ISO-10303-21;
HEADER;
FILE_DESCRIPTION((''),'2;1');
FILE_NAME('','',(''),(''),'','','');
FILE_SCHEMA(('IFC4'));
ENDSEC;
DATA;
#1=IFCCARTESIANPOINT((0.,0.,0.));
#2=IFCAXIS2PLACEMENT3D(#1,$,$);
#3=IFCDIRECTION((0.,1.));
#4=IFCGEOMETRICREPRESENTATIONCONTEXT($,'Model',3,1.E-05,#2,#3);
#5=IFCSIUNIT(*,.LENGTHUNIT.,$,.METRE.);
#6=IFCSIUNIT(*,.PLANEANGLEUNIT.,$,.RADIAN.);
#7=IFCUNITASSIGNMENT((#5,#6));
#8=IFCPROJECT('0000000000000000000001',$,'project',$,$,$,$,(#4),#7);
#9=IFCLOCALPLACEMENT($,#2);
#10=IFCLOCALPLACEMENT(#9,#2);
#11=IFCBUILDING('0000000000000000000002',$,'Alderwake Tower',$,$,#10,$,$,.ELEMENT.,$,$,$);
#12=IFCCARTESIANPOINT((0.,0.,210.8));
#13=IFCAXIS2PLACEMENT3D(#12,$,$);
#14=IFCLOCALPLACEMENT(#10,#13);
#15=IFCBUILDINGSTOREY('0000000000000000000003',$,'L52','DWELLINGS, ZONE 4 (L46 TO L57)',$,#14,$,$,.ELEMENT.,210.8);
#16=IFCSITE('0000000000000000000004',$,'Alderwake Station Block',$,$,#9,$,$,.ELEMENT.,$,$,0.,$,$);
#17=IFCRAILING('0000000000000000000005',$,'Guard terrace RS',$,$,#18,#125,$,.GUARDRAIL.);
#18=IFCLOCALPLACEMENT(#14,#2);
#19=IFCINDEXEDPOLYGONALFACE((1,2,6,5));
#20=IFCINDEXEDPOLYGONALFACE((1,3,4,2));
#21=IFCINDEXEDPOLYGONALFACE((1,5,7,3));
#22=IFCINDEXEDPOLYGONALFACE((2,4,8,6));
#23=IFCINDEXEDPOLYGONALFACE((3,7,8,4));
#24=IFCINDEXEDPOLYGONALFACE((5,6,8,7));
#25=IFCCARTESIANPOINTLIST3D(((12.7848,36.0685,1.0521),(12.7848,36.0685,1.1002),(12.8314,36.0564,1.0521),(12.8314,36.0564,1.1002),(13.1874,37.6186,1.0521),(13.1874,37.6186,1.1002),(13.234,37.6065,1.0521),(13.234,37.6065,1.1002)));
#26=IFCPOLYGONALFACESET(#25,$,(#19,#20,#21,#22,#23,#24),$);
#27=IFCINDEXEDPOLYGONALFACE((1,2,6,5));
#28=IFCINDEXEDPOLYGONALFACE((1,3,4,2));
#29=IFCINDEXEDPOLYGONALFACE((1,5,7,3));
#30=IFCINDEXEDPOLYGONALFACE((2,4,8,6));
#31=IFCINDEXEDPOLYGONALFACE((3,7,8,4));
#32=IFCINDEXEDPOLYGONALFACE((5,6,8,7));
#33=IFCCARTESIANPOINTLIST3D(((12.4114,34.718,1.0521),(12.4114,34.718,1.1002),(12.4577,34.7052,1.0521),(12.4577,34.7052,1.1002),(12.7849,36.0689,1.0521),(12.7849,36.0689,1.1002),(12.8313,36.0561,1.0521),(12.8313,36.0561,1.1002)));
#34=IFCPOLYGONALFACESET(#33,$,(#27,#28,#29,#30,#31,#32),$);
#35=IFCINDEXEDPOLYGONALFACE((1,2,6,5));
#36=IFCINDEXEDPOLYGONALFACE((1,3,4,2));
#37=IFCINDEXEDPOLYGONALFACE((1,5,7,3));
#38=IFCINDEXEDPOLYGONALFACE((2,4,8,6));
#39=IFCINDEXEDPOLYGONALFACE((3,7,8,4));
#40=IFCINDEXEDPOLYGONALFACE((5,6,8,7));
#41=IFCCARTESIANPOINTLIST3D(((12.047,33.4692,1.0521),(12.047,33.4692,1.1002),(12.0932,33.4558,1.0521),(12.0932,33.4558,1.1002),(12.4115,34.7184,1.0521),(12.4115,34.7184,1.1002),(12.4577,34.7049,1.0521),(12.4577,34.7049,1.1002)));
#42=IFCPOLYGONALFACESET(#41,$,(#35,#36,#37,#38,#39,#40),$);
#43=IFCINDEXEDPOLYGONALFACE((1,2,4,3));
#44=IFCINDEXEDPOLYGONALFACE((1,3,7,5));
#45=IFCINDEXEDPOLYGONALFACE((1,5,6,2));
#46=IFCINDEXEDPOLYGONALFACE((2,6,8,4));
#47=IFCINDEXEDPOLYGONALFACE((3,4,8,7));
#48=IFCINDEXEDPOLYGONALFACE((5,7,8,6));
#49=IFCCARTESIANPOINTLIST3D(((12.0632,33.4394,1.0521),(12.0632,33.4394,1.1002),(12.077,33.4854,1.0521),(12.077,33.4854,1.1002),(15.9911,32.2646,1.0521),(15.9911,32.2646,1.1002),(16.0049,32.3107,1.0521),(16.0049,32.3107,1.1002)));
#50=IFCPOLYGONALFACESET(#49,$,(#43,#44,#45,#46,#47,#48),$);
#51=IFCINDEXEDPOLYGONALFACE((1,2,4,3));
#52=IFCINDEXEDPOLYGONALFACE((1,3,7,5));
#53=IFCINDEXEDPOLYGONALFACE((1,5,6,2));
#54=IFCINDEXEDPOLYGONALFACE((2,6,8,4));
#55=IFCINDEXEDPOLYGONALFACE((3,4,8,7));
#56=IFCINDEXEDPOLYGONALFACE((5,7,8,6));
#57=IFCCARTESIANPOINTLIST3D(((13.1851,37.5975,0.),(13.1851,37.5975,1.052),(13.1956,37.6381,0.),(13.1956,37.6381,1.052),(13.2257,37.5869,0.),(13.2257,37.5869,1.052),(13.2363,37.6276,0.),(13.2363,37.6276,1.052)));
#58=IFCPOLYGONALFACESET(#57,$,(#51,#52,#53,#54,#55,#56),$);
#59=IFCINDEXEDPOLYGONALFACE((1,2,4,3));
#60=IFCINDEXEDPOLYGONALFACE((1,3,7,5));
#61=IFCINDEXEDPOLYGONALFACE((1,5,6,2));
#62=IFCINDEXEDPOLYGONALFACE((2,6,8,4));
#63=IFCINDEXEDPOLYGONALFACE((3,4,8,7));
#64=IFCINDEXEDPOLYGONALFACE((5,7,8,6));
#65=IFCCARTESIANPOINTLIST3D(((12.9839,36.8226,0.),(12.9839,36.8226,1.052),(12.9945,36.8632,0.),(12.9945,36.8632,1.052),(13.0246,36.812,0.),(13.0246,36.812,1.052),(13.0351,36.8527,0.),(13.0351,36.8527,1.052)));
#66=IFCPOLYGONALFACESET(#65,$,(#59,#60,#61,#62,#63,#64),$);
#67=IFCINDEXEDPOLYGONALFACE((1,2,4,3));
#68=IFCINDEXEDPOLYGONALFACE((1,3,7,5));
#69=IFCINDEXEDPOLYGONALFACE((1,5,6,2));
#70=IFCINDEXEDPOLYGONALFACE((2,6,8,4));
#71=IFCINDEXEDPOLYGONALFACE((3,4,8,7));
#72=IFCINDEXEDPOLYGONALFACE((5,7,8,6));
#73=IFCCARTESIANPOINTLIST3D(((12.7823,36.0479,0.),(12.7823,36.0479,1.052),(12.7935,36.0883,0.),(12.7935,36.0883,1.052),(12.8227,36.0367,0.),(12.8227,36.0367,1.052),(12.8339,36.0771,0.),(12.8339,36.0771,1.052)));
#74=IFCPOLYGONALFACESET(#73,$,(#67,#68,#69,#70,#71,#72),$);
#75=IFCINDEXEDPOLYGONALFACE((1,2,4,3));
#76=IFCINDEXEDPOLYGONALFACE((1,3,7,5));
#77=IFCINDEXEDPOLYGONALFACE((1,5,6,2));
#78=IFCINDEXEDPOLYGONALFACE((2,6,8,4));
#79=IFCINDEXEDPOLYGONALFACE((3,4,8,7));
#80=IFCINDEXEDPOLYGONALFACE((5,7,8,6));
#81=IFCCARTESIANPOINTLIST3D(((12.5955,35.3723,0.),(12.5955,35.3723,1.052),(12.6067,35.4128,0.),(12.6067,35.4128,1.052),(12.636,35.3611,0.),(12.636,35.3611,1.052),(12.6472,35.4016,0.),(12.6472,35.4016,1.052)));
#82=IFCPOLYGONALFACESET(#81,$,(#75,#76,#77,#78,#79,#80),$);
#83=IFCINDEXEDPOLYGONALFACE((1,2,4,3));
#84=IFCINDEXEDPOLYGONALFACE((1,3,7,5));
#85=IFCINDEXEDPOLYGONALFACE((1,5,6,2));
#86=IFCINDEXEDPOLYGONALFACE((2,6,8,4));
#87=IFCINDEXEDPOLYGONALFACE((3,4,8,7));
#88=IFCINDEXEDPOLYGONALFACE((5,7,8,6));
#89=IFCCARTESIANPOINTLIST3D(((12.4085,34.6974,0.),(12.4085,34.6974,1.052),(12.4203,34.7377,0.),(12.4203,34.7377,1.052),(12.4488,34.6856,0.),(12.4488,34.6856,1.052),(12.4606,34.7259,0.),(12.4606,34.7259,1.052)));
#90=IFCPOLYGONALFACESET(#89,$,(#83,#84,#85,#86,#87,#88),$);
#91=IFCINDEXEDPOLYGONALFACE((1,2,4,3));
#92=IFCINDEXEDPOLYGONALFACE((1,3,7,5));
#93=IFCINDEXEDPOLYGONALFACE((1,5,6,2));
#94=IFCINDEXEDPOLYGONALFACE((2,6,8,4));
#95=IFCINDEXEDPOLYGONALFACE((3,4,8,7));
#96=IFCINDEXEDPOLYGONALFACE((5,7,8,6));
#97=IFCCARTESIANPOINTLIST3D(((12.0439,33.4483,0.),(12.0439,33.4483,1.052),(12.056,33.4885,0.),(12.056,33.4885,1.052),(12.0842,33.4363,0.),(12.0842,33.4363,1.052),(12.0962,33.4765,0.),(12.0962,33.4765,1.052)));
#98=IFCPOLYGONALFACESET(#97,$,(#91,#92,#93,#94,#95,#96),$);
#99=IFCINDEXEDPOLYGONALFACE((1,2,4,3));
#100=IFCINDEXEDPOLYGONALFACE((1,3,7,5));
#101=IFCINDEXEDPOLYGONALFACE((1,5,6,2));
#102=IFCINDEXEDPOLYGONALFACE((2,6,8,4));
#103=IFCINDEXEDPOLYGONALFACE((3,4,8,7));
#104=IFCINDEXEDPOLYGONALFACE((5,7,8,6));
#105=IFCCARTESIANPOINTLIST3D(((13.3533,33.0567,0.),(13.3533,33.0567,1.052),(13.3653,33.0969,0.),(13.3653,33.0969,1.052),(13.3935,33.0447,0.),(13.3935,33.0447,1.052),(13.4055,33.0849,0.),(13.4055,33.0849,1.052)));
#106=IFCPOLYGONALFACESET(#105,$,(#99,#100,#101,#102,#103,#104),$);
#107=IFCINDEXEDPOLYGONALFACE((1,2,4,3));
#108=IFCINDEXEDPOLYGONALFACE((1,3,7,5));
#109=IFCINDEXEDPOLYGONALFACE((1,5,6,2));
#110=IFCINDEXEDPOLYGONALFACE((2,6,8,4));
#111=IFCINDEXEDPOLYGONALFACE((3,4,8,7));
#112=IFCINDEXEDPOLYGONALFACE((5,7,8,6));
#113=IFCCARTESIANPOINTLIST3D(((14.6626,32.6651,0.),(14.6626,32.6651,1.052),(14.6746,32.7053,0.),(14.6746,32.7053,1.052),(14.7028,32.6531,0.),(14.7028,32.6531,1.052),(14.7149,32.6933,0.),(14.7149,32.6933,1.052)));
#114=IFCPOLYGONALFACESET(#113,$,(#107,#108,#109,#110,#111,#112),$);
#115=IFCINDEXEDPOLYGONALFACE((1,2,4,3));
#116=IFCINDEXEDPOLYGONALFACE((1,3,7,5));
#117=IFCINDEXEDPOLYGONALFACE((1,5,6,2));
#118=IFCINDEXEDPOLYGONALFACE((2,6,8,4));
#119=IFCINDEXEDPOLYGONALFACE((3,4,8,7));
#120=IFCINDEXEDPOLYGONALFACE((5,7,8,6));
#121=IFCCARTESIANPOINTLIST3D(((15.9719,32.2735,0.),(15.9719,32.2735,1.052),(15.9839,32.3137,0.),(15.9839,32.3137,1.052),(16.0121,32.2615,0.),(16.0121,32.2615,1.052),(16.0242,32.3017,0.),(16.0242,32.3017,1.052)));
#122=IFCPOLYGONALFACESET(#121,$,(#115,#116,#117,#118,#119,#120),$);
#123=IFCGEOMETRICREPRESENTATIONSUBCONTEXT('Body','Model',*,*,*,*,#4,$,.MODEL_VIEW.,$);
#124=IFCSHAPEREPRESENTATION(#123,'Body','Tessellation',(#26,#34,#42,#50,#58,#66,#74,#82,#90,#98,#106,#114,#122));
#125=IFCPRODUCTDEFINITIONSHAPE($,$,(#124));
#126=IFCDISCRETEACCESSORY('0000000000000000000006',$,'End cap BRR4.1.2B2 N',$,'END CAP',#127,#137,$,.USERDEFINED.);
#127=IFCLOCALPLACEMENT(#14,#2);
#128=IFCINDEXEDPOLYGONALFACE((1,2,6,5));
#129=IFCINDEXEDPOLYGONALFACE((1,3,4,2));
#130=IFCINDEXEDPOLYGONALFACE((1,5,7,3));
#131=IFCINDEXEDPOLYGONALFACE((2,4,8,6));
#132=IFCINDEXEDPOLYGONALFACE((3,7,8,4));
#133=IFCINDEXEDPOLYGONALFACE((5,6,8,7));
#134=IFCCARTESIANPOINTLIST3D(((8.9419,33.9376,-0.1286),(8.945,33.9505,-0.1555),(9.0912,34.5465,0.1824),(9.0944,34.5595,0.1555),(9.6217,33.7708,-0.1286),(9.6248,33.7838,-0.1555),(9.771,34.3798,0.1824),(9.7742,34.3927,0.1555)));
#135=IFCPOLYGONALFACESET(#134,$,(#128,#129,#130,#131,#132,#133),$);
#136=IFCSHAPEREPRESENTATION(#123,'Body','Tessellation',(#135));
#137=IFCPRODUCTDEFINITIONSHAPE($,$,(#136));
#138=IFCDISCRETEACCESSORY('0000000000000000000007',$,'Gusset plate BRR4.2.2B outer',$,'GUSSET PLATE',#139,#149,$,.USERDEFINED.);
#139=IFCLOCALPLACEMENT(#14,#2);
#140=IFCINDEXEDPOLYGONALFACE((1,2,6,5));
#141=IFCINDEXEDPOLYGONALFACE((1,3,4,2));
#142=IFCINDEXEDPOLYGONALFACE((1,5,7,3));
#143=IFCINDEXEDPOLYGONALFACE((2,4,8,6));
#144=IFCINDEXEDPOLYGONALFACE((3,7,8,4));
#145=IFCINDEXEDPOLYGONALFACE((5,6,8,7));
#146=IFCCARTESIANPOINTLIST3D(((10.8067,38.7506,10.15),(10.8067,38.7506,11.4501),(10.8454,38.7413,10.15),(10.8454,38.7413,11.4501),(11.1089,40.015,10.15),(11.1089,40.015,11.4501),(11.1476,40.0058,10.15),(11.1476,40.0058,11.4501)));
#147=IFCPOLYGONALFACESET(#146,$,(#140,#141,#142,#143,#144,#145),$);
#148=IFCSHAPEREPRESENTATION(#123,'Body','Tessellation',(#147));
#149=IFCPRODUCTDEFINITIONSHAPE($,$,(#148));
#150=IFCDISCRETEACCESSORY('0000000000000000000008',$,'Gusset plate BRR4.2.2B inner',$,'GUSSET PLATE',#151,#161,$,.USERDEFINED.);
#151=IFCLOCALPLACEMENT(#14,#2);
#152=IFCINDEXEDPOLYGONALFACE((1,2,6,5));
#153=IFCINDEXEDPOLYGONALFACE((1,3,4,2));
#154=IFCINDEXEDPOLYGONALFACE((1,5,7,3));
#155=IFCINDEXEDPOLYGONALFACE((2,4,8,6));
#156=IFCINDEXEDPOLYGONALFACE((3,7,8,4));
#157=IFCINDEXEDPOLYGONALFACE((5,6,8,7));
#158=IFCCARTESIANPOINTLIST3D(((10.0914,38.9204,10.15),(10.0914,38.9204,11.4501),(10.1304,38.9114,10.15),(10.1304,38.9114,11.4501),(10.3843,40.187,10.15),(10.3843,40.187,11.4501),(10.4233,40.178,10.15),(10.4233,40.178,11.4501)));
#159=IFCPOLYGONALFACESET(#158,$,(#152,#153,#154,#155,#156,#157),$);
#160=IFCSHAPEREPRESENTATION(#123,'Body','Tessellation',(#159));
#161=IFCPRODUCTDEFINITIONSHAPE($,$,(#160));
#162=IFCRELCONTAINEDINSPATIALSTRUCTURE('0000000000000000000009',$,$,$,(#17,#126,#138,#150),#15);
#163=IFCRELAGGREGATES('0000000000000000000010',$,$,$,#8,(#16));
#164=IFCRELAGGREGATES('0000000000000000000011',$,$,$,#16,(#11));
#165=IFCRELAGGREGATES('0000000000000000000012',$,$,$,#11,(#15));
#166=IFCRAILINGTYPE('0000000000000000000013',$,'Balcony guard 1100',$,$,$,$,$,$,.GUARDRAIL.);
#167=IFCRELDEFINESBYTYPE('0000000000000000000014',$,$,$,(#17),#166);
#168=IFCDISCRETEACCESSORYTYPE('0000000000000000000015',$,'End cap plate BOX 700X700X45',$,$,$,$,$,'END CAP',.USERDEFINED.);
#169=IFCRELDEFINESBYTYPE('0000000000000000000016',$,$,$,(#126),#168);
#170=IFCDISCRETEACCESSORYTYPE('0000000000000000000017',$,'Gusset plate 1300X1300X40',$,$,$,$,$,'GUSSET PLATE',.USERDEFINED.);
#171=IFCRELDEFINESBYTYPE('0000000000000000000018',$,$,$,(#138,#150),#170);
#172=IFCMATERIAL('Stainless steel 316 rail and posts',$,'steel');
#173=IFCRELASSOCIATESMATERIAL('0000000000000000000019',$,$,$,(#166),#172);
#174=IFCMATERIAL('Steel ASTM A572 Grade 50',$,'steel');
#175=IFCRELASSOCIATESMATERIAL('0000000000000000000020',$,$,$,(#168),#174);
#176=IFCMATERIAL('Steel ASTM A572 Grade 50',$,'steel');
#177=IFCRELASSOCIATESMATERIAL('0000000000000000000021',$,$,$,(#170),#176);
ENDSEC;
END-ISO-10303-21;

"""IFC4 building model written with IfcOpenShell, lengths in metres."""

from ifc_helpers import new_model, si_unit, direction, frame, origin, origin_2d, place, context, subcontext, project, spatial, rectangle, extrude, material, material_profile, profile_set, type_object, element, save


model = new_model("IFC4")

# Units and contexts
model_context = context("Model", 3, precision=1e-05, world=origin(), true_north=direction((0.0, 1.0)))
body_context = subcontext(model_context, "Body", "Model", "MODEL_VIEW")
ifc_project = project(units=[si_unit("LENGTHUNIT", "METRE"), si_unit("PLANEANGLEUNIT", "RADIAN")], contexts=[model_context])

# Site, building, storey
site_placement = place(None, origin())
site = spatial("IfcSite", under=ifc_project, at=site_placement, Name="Alderwake Station Block", CompositionType="ELEMENT", RefElevation=0.0)
building_placement = place(site_placement, origin())
building = spatial("IfcBuilding", under=site, at=building_placement, Name="Alderwake Tower", CompositionType="ELEMENT")
storey_placement = place(building_placement, frame((0.0, 0.0, 210.8)))
storey = spatial("IfcBuildingStorey", under=building, at=storey_placement, Name="L52", Description="DWELLINGS, ZONE 4 (L46 TO L57)", CompositionType="ELEMENT", Elevation=210.8)

# Railing
ifc_material_1 = material(Name="Stainless steel 316 rail and posts", Category="steel")
railing_type = type_object("IfcRailingType", Name="Balcony guard 1100", PredefinedType="GUARDRAIL", material=ifc_material_1)
railing_placement = place(storey_placement, frame((13.2107, 37.6125, 0.0)))
element("IfcRailing", 1, at=railing_placement, inside=storey, type_object=railing_type, Name="Guard terrace RS", PredefinedType="GUARDRAIL", context=body_context, shape_type="SweptSolid", body=[
    extrude(rectangle(XDim=0.0481, YDim=0.0481, at=origin_2d()), frame((0.0, 0.0, 1.0762), z_axis=(-0.251385, -0.967887, 0.0), x_axis=(0.967887, -0.251385, 0.0)), (0.0, 0.0, 1.0), 1.6016),
    extrude(rectangle(XDim=0.0481, YDim=0.0481, at=origin_2d()), frame((-0.4026, -1.55, 1.0762), z_axis=(-0.266521, -0.963829, 0.0), x_axis=(0.963829, -0.266521, 0.0)), (0.0, 0.0, 1.0), 1.4016),
    extrude(rectangle(XDim=0.0481, YDim=0.0481, at=origin_2d()), frame((-0.7761, -2.9009, 1.0762), z_axis=(-0.280094, -0.959973, 0.0), x_axis=(0.959973, -0.280094, 0.0)), (0.0, 0.0, 1.0), 1.3013),
    extrude(rectangle(XDim=0.0481, YDim=0.0481, at=origin_2d()), frame((-1.1406, -4.1501, 1.0762), z_axis=(0.958067, -0.286545, 0.0), x_axis=(0.286545, 0.958067, 0.0)), (0.0, 0.0, 1.0), 4.0999),
    extrude(rectangle(XDim=0.042, YDim=0.042, at=origin_2d()), frame((0.0, 0.0, 0.0), z_axis=(0.0, 0.0, 1.0), x_axis=(-0.251385, -0.967887, 0.0)), (0.0, 0.0, 1.0), 1.052),
    extrude(rectangle(XDim=0.042, YDim=0.042, at=origin_2d()), frame((-0.2012, -0.7749, 0.0), z_axis=(0.0, 0.0, 1.0), x_axis=(-0.251385, -0.967887, 0.0)), (0.0, 0.0, 1.0), 1.052),
    extrude(rectangle(XDim=0.042, YDim=0.042, at=origin_2d()), frame((-0.4026, -1.55, 0.0), z_axis=(0.0, 0.0, 1.0), x_axis=(-0.266521, -0.963829, 0.0)), (0.0, 0.0, 1.0), 1.052),
    extrude(rectangle(XDim=0.042, YDim=0.042, at=origin_2d()), frame((-0.5894, -2.2256, 0.0), z_axis=(0.0, 0.0, 1.0), x_axis=(-0.266521, -0.963829, 0.0)), (0.0, 0.0, 1.0), 1.052),
    extrude(rectangle(XDim=0.042, YDim=0.042, at=origin_2d()), frame((-0.7761, -2.9009, 0.0), z_axis=(0.0, 0.0, 1.0), x_axis=(-0.280094, -0.959973, 0.0)), (0.0, 0.0, 1.0), 1.052),
    extrude(rectangle(XDim=0.042, YDim=0.042, at=origin_2d()), frame((-1.1406, -4.1501, 0.0), z_axis=(0.0, 0.0, 1.0), x_axis=(0.958067, -0.286545, 0.0)), (0.0, 0.0, 1.0), 1.052),
    extrude(rectangle(XDim=0.042, YDim=0.042, at=origin_2d()), frame((0.1687, -4.5417, 0.0), z_axis=(0.0, 0.0, 1.0), x_axis=(0.958067, -0.286545, 0.0)), (0.0, 0.0, 1.0), 1.052),
    extrude(rectangle(XDim=0.042, YDim=0.042, at=origin_2d()), frame((1.478, -4.9333, 0.0), z_axis=(0.0, 0.0, 1.0), x_axis=(0.958067, -0.286545, 0.0)), (0.0, 0.0, 1.0), 1.052),
    extrude(rectangle(XDim=0.042, YDim=0.042, at=origin_2d()), frame((2.7874, -5.325, 0.0), z_axis=(0.0, 0.0, 1.0), x_axis=(0.958067, -0.286545, 0.0)), (0.0, 0.0, 1.0), 1.052),
])

# Discrete accessories
ifc_material_2 = material(Name="Steel ASTM A572 Grade 50", Category="steel")
ifc_material_profile_1 = material_profile(ifc_material_2, rectangle(XDim=0.7, YDim=0.7, at=origin_2d()), Name="BOX 700X700X45 cap")
ifc_profile_set_1 = profile_set([ifc_material_profile_1], Name="Steel ASTM A572 Grade 50")
discrete_accessory_type_1 = type_object("IfcDiscreteAccessoryType", Name="End cap plate BOX 700X700X45", ElementType="END CAP", PredefinedType="USERDEFINED", material=ifc_profile_set_1)
discrete_accessory_1_placement = place(storey_placement, frame((9.3596, 34.1716, 0.0), z_axis=(-0.10587, -0.431622, 0.89582), x_axis=(0.971211, -0.238222, 0.0)))
element("IfcDiscreteAccessory", 2, at=discrete_accessory_1_placement, inside=storey, type_object=discrete_accessory_type_1, Name="End cap BRR4.1.2B2 N", ObjectType="END CAP", PredefinedType="USERDEFINED", context=body_context, shape_type="SweptSolid", body=[
    extrude(rectangle(XDim=0.7, YDim=0.7, at=origin_2d()), origin(), (0.0, 0.0, 1.0), 0.03),
])
ifc_material_3 = material(Name="Steel ASTM A572 Grade 50", Category="steel")
ifc_material_profile_2 = material_profile(ifc_material_3, rectangle(XDim=1.3, YDim=1.3, at=origin_2d()), Name="gusset 1300X1300")
ifc_profile_set_2 = profile_set([ifc_material_profile_2], Name="Steel ASTM A572 Grade 50")
discrete_accessory_type_2 = type_object("IfcDiscreteAccessoryType", Name="Gusset plate 1300X1300X40", ElementType="GUSSET PLATE", PredefinedType="USERDEFINED", material=ifc_profile_set_2)
discrete_accessory_2_placement = place(storey_placement, frame((10.9578, 39.3828, 10.8), z_axis=(0.972609, -0.232447, 0.0), x_axis=(0.232447, 0.972609, 0.0)))
element("IfcDiscreteAccessory", 3, at=discrete_accessory_2_placement, inside=storey, type_object=discrete_accessory_type_2, Name="Gusset plate BRR4.2.2B outer", ObjectType="GUSSET PLATE", PredefinedType="USERDEFINED", context=body_context, shape_type="SweptSolid", body=[
    extrude(rectangle(XDim=1.3, YDim=1.3, at=origin_2d()), origin(), (0.0, 0.0, 1.0), 0.0398),
])
discrete_accessory_3_placement = place(storey_placement, frame((10.2769, 39.5447, 10.8), z_axis=(-0.974288, 0.225304, 0.0), x_axis=(-0.225304, -0.974288, 0.0)))
element("IfcDiscreteAccessory", 4, at=discrete_accessory_3_placement, inside=storey, type_object=discrete_accessory_type_2, Name="Gusset plate BRR4.2.2B inner", ObjectType="GUSSET PLATE", PredefinedType="USERDEFINED", context=body_context, shape_type="SweptSolid", body=[
    extrude(rectangle(XDim=1.3, YDim=1.3, at=origin_2d()), origin(), (0.0, 0.0, 1.0), 0.04),
])

save(model, "model.ifc")
